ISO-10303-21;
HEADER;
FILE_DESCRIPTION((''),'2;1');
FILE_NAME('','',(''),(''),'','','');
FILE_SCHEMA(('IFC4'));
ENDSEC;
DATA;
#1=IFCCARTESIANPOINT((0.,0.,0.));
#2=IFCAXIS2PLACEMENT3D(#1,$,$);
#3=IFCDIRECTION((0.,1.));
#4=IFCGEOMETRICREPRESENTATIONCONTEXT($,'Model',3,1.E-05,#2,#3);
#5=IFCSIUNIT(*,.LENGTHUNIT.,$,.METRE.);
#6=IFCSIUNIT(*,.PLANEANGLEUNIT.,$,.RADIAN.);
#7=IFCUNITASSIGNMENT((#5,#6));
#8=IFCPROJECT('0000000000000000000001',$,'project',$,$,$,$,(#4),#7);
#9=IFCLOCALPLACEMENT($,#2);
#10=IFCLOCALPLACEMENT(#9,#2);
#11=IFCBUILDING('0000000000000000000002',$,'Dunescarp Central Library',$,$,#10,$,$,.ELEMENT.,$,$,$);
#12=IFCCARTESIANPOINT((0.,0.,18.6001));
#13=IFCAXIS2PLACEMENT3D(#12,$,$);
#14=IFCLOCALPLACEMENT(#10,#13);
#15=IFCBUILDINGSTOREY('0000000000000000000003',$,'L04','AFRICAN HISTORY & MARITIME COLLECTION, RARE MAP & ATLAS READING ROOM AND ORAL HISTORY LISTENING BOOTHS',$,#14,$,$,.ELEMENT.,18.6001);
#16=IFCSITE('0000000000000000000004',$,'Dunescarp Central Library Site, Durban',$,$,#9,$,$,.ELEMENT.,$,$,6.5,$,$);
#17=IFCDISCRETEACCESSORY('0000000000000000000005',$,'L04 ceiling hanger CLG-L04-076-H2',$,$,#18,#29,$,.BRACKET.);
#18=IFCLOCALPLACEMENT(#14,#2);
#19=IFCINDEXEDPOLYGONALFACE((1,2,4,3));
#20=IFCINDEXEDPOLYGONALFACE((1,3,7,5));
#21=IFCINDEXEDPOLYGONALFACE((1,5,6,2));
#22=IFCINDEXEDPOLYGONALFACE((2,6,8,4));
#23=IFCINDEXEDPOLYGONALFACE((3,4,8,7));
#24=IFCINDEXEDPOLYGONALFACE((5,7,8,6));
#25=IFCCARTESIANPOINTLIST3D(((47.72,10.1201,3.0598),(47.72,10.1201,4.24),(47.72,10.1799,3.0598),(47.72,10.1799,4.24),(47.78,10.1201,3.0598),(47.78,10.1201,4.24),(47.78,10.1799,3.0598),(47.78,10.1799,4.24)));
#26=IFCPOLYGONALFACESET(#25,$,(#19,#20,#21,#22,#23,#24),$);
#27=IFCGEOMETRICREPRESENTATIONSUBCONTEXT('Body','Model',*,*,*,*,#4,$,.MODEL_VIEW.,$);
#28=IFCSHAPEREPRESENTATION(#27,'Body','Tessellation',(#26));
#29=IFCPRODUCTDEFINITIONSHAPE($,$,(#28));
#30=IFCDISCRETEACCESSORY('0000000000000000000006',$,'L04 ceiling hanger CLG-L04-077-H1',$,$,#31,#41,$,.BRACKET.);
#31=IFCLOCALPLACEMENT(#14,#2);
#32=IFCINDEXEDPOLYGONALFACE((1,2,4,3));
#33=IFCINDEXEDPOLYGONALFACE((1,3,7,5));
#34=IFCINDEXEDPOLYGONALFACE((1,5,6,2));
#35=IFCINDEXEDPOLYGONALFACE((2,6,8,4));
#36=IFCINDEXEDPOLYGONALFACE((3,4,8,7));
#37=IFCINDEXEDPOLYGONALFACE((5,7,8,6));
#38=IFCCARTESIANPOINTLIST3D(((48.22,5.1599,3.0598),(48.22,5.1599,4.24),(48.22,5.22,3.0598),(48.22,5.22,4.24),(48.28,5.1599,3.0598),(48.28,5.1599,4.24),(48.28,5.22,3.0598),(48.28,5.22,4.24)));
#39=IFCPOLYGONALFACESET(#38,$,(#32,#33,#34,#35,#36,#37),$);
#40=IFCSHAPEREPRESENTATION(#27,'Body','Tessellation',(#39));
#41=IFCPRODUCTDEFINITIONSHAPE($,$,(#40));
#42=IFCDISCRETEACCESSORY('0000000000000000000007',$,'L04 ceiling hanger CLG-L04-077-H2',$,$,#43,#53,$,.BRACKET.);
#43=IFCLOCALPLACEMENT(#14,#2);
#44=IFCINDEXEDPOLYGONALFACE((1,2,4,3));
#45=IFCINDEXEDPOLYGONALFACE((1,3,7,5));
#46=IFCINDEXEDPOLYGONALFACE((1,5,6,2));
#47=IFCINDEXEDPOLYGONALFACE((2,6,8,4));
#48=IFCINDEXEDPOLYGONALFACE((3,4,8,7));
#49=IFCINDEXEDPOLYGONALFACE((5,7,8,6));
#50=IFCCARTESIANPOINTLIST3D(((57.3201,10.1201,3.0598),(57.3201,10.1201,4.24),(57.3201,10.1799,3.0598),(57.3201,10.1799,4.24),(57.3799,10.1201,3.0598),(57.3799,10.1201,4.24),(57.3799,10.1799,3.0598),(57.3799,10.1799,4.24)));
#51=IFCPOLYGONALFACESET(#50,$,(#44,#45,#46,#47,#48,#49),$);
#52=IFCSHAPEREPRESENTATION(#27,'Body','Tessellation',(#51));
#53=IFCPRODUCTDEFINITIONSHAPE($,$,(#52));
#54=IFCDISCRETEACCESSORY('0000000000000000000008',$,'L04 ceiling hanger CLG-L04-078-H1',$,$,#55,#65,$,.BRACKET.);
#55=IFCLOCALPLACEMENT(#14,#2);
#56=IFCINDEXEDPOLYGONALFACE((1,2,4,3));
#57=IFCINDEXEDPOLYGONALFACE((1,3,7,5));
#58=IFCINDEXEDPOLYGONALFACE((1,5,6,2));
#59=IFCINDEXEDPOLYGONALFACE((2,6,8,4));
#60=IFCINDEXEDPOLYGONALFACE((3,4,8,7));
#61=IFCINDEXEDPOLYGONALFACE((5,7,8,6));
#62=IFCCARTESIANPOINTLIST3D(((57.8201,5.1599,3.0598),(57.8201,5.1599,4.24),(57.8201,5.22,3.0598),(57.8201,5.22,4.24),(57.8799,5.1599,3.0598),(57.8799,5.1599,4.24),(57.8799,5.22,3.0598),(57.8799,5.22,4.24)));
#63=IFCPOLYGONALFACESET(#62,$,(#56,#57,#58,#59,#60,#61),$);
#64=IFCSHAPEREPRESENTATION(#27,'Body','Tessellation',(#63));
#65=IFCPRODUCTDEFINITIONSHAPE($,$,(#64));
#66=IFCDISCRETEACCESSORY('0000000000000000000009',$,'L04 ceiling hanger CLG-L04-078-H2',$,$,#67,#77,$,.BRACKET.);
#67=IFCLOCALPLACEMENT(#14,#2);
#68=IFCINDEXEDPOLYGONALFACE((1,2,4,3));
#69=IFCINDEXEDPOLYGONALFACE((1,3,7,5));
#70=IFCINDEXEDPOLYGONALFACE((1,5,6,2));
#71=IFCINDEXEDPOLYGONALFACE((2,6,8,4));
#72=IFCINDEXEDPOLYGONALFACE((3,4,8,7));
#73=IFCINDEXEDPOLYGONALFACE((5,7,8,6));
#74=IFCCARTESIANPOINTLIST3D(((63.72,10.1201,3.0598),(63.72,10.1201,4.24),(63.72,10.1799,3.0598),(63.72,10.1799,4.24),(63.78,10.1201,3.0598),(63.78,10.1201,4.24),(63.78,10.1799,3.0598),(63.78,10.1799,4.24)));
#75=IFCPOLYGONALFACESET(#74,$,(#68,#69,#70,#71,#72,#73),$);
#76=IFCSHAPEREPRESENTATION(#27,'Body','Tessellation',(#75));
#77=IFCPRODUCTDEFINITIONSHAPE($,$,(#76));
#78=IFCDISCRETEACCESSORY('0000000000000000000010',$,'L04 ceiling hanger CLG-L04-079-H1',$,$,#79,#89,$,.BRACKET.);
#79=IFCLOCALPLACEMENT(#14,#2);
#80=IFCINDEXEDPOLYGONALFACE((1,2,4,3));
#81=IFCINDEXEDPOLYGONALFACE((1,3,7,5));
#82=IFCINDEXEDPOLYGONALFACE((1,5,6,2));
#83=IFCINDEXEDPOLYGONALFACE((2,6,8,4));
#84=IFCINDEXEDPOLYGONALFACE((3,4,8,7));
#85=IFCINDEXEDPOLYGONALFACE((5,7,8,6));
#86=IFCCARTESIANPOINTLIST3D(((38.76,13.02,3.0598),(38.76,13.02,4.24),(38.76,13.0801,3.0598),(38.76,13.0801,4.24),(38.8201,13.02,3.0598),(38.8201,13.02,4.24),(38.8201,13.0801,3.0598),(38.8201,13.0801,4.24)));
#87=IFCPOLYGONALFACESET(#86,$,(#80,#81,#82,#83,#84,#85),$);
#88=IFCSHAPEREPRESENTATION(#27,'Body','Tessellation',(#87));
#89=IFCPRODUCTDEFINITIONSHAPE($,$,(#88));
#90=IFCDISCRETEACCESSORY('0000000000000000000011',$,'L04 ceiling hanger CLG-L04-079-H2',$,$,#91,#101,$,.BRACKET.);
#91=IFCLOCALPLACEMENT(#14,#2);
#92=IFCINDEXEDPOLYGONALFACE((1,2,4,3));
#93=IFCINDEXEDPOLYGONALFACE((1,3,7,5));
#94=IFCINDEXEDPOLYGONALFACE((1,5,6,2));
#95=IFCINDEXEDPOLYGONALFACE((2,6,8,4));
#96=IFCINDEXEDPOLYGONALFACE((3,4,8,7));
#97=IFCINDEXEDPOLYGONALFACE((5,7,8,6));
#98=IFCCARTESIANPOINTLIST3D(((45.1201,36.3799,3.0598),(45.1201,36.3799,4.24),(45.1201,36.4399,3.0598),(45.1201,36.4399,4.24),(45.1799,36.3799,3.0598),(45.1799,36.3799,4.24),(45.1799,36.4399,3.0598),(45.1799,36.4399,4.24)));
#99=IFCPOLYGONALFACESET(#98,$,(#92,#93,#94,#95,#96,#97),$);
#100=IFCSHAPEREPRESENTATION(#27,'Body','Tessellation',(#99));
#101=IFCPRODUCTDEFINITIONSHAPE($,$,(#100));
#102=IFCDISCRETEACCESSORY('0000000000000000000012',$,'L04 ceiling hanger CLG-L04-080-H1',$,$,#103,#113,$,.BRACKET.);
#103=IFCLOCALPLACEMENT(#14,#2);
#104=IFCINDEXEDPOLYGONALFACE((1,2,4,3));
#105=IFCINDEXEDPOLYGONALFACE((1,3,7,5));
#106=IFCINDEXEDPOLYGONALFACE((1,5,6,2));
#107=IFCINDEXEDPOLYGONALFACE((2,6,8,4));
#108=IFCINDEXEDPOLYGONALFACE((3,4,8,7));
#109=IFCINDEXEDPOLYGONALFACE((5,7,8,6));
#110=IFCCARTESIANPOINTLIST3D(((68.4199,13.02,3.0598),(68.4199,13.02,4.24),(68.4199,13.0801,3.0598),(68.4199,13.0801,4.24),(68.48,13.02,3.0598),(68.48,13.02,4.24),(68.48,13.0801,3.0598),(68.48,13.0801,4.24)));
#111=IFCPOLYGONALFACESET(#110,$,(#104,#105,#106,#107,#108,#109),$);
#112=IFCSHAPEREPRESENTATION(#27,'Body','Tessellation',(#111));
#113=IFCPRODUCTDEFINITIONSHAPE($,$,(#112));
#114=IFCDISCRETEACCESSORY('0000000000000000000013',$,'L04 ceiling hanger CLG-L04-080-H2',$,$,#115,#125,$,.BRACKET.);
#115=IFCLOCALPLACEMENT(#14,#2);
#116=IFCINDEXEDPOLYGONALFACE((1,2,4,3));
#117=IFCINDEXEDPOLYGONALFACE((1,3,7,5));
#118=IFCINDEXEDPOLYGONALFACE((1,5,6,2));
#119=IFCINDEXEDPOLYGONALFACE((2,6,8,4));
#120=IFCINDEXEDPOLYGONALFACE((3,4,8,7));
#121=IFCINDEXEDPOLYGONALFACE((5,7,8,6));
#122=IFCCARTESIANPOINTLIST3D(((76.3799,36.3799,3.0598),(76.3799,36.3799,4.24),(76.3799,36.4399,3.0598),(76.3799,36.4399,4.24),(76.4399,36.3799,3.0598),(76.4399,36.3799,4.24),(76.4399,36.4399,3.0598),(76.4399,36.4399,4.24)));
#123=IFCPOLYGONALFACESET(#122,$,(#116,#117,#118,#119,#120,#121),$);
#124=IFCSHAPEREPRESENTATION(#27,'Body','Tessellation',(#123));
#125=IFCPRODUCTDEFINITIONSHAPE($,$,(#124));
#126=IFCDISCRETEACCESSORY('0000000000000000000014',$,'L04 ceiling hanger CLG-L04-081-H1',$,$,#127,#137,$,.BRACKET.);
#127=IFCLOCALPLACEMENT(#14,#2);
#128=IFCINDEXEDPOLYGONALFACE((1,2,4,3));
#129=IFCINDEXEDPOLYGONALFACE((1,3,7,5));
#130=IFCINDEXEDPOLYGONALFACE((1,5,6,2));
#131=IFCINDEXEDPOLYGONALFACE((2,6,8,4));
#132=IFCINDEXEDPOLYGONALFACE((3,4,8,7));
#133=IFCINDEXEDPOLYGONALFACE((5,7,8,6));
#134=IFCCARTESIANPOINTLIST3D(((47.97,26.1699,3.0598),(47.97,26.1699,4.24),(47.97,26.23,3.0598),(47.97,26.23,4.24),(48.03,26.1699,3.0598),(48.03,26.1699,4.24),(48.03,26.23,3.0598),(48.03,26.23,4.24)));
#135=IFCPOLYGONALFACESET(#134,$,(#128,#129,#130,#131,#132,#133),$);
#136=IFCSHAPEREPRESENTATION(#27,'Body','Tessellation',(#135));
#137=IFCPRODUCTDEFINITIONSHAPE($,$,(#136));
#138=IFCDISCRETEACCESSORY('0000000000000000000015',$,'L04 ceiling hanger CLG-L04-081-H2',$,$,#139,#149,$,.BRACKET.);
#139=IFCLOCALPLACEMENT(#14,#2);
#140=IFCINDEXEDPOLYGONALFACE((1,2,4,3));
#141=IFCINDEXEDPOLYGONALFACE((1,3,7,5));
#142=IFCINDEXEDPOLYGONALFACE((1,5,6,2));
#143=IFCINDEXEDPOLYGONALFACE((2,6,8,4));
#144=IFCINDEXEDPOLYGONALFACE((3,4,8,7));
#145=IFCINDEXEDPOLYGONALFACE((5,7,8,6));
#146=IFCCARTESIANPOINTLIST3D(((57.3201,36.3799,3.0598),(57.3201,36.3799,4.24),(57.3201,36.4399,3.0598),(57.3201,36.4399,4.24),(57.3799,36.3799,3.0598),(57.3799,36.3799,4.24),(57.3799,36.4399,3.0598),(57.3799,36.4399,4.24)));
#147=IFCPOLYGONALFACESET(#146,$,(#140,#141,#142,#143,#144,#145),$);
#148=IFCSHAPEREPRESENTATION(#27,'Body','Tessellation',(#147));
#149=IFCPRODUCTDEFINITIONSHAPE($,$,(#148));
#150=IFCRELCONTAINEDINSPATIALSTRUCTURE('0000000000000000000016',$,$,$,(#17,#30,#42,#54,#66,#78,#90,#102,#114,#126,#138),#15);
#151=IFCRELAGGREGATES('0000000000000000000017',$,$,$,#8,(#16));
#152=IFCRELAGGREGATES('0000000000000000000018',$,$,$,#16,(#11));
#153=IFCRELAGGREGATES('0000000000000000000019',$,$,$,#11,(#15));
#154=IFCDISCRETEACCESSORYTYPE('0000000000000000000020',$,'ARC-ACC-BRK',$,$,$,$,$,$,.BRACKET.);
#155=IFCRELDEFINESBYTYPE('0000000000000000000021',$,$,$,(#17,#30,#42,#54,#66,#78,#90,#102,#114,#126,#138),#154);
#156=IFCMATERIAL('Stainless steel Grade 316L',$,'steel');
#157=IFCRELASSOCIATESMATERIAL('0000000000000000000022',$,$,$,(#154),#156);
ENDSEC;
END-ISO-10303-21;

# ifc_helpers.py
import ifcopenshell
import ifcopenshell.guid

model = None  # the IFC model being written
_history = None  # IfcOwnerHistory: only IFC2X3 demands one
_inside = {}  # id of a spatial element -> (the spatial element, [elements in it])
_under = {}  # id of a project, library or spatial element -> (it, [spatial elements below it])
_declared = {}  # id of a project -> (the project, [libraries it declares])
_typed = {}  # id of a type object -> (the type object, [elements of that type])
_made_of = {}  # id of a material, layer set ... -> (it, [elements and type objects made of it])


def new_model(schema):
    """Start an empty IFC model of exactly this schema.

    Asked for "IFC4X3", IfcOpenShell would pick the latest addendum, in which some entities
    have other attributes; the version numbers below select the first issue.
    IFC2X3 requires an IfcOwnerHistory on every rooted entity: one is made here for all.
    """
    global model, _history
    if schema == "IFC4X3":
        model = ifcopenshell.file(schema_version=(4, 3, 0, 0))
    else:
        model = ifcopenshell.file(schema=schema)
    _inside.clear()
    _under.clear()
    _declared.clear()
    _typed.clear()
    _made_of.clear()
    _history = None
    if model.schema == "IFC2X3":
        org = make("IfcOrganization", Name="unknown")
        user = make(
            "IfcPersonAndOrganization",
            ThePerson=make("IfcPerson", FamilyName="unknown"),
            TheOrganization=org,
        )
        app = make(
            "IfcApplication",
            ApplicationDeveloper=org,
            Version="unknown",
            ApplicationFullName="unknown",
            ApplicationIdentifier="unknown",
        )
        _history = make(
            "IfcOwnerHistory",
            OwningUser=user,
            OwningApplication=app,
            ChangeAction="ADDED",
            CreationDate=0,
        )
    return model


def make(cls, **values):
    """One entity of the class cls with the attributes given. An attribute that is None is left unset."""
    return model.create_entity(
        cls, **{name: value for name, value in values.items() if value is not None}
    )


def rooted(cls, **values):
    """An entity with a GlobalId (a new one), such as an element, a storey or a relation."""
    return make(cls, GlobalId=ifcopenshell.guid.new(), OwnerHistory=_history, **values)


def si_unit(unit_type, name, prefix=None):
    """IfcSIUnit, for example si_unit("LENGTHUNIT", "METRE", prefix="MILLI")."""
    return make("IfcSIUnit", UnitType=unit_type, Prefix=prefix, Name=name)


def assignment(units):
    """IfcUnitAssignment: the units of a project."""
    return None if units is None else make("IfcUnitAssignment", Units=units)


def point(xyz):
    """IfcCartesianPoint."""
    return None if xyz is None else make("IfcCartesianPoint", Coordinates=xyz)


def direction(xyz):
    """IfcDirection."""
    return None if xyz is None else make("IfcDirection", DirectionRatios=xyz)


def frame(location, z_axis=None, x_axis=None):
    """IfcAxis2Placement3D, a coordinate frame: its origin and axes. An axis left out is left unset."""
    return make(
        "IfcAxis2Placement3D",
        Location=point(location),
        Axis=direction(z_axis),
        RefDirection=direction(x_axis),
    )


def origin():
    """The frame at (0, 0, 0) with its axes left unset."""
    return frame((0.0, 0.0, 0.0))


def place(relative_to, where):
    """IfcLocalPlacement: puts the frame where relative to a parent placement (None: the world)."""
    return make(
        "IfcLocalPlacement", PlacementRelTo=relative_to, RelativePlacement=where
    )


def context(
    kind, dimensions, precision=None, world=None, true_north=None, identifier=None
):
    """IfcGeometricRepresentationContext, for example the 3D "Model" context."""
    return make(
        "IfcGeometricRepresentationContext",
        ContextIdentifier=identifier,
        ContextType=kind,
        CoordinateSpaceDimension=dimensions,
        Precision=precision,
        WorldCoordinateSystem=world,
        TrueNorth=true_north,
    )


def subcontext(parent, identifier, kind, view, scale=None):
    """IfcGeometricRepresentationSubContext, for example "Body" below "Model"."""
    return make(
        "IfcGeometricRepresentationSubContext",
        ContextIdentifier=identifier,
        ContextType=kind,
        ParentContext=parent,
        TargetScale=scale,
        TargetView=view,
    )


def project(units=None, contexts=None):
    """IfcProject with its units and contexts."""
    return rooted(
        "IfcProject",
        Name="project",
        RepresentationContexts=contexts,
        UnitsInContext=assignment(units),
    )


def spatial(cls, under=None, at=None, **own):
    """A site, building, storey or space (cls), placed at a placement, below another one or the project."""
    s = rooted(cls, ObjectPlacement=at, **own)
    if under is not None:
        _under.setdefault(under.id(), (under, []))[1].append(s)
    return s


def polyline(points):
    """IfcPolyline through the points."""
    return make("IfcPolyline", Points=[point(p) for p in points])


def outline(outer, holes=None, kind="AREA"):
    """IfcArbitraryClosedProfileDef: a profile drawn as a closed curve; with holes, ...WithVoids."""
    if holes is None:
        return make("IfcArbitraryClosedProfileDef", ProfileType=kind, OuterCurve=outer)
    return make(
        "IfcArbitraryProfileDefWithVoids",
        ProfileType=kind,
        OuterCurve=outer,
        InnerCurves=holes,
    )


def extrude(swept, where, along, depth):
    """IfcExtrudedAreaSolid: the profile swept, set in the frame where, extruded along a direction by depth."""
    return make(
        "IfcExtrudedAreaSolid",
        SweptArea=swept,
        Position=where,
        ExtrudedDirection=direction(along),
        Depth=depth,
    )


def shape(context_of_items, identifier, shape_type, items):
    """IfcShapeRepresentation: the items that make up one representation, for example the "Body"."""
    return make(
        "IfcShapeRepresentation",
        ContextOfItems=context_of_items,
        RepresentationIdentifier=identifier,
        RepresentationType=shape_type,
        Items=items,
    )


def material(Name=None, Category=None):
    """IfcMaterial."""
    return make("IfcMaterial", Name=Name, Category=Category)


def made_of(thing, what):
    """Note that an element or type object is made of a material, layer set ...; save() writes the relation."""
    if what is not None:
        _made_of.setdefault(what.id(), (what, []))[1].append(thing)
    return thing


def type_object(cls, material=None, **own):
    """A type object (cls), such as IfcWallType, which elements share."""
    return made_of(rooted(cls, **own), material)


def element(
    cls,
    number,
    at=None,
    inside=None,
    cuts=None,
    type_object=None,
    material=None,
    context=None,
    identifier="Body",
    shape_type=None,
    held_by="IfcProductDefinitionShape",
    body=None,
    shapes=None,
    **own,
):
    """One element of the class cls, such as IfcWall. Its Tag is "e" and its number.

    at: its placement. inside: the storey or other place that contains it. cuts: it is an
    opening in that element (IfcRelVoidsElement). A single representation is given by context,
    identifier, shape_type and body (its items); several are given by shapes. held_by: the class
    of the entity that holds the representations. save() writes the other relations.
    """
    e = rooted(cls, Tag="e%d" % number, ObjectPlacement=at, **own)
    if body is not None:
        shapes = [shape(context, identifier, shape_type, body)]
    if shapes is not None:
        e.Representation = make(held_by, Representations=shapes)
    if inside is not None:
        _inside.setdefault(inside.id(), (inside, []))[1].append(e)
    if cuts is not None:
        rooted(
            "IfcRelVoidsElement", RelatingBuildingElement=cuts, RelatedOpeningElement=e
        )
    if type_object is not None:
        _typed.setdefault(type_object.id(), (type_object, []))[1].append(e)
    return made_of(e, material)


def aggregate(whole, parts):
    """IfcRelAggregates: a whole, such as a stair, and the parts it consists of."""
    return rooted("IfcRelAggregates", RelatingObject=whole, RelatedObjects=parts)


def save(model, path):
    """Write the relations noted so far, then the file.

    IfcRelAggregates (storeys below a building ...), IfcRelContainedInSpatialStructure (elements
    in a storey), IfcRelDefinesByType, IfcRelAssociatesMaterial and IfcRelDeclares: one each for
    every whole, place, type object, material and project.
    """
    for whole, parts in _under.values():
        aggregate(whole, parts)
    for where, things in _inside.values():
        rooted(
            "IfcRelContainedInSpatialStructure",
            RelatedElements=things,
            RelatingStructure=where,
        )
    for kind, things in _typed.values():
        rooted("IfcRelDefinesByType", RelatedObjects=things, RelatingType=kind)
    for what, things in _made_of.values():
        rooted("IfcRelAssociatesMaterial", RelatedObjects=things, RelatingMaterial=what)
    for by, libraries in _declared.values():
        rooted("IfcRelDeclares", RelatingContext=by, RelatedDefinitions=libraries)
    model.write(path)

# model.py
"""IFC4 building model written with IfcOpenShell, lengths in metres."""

from ifc_helpers import new_model, si_unit, direction, frame, origin, place, context, subcontext, project, spatial, polyline, outline, extrude, material, type_object, element, save


model = new_model("IFC4")

# Units and contexts
model_context = context("Model", 3, precision=1e-05, world=origin(), true_north=direction((0.0, 1.0)))
body_context = subcontext(model_context, "Body", "Model", "MODEL_VIEW")
ifc_project = project(units=[si_unit("LENGTHUNIT", "METRE"), si_unit("PLANEANGLEUNIT", "RADIAN")], contexts=[model_context])

# Site, building, storey
site_placement = place(None, origin())
site = spatial("IfcSite", under=ifc_project, at=site_placement, Name="Dunescarp Central Library Site, Durban", CompositionType="ELEMENT", RefElevation=6.5)
building_placement = place(site_placement, origin())
building = spatial("IfcBuilding", under=site, at=building_placement, Name="Dunescarp Central Library", CompositionType="ELEMENT")
storey_placement = place(building_placement, frame((0.0, 0.0, 18.6001)))
storey = spatial("IfcBuildingStorey", under=building, at=storey_placement, Name="L04", Description="AFRICAN HISTORY & MARITIME COLLECTION, RARE MAP & ATLAS READING ROOM AND ORAL HISTORY LISTENING BOOTHS", CompositionType="ELEMENT", Elevation=18.6001)

# Discrete accessories
ifc_material = material(Name="Stainless steel Grade 316L", Category="steel")
discrete_accessory_type = type_object("IfcDiscreteAccessoryType", Name="ARC-ACC-BRK", PredefinedType="BRACKET", material=ifc_material)
discrete_accessory_1_placement = place(storey_placement, frame((0.0, 0.0, 3.0598)))
element("IfcDiscreteAccessory", 1, at=discrete_accessory_1_placement, inside=storey, type_object=discrete_accessory_type, Name="L04 ceiling hanger CLG-L04-076-H2", PredefinedType="BRACKET", context=body_context, shape_type="SweptSolid", body=[
    extrude(outline(polyline([(47.72, 10.1201), (47.78, 10.1201), (47.78, 10.1799), (47.72, 10.1799), (47.72, 10.1201)])), origin(), (0.0, 0.0, 1.0), 1.1802),
])
discrete_accessory_2_placement = place(storey_placement, frame((0.0, 0.0, 3.0598)))
element("IfcDiscreteAccessory", 2, at=discrete_accessory_2_placement, inside=storey, type_object=discrete_accessory_type, Name="L04 ceiling hanger CLG-L04-077-H1", PredefinedType="BRACKET", context=body_context, shape_type="SweptSolid", body=[
    extrude(outline(polyline([(48.22, 5.1599), (48.28, 5.1599), (48.28, 5.22), (48.22, 5.22), (48.22, 5.1599)])), origin(), (0.0, 0.0, 1.0), 1.1802),
])
discrete_accessory_3_placement = place(storey_placement, frame((0.0, 0.0, 3.0598)))
element("IfcDiscreteAccessory", 3, at=discrete_accessory_3_placement, inside=storey, type_object=discrete_accessory_type, Name="L04 ceiling hanger CLG-L04-077-H2", PredefinedType="BRACKET", context=body_context, shape_type="SweptSolid", body=[
    extrude(outline(polyline([(57.3201, 10.1201), (57.3799, 10.1201), (57.3799, 10.1799), (57.3201, 10.1799), (57.3201, 10.1201)])), origin(), (0.0, 0.0, 1.0), 1.1802),
])
discrete_accessory_4_placement = place(storey_placement, frame((0.0, 0.0, 3.0598)))
element("IfcDiscreteAccessory", 4, at=discrete_accessory_4_placement, inside=storey, type_object=discrete_accessory_type, Name="L04 ceiling hanger CLG-L04-078-H1", PredefinedType="BRACKET", context=body_context, shape_type="SweptSolid", body=[
    extrude(outline(polyline([(57.8201, 5.1599), (57.8799, 5.1599), (57.8799, 5.22), (57.8201, 5.22), (57.8201, 5.1599)])), origin(), (0.0, 0.0, 1.0), 1.1802),
])
discrete_accessory_5_placement = place(storey_placement, frame((0.0, 0.0, 3.0598)))
element("IfcDiscreteAccessory", 5, at=discrete_accessory_5_placement, inside=storey, type_object=discrete_accessory_type, Name="L04 ceiling hanger CLG-L04-078-H2", PredefinedType="BRACKET", context=body_context, shape_type="SweptSolid", body=[
    extrude(outline(polyline([(63.72, 10.1201), (63.78, 10.1201), (63.78, 10.1799), (63.72, 10.1799), (63.72, 10.1201)])), origin(), (0.0, 0.0, 1.0), 1.1802),
])
discrete_accessory_6_placement = place(storey_placement, frame((0.0, 0.0, 3.0598)))
element("IfcDiscreteAccessory", 6, at=discrete_accessory_6_placement, inside=storey, type_object=discrete_accessory_type, Name="L04 ceiling hanger CLG-L04-079-H1", PredefinedType="BRACKET", context=body_context, shape_type="SweptSolid", body=[
    extrude(outline(polyline([(38.76, 13.02), (38.8201, 13.02), (38.8201, 13.0801), (38.76, 13.0801), (38.76, 13.02)])), origin(), (0.0, 0.0, 1.0), 1.1802),
])
discrete_accessory_7_placement = place(storey_placement, frame((0.0, 0.0, 3.0598)))
element("IfcDiscreteAccessory", 7, at=discrete_accessory_7_placement, inside=storey, type_object=discrete_accessory_type, Name="L04 ceiling hanger CLG-L04-079-H2", PredefinedType="BRACKET", context=body_context, shape_type="SweptSolid", body=[
    extrude(outline(polyline([(45.1201, 36.3799), (45.1799, 36.3799), (45.1799, 36.4399), (45.1201, 36.4399), (45.1201, 36.3799)])), origin(), (0.0, 0.0, 1.0), 1.1802),
])
discrete_accessory_8_placement = place(storey_placement, frame((0.0, 0.0, 3.0598)))
element("IfcDiscreteAccessory", 8, at=discrete_accessory_8_placement, inside=storey, type_object=discrete_accessory_type, Name="L04 ceiling hanger CLG-L04-080-H1", PredefinedType="BRACKET", context=body_context, shape_type="SweptSolid", body=[
    extrude(outline(polyline([(68.4199, 13.02), (68.48, 13.02), (68.48, 13.0801), (68.4199, 13.0801), (68.4199, 13.02)])), origin(), (0.0, 0.0, 1.0), 1.1802),
])
discrete_accessory_9_placement = place(storey_placement, frame((0.0, 0.0, 3.0598)))
element("IfcDiscreteAccessory", 9, at=discrete_accessory_9_placement, inside=storey, type_object=discrete_accessory_type, Name="L04 ceiling hanger CLG-L04-080-H2", PredefinedType="BRACKET", context=body_context, shape_type="SweptSolid", body=[
    extrude(outline(polyline([(76.3799, 36.3799), (76.4399, 36.3799), (76.4399, 36.4399), (76.3799, 36.4399), (76.3799, 36.3799)])), origin(), (0.0, 0.0, 1.0), 1.1802),
])
discrete_accessory_10_placement = place(storey_placement, frame((0.0, 0.0, 3.0598)))
element("IfcDiscreteAccessory", 10, at=discrete_accessory_10_placement, inside=storey, type_object=discrete_accessory_type, Name="L04 ceiling hanger CLG-L04-081-H1", PredefinedType="BRACKET", context=body_context, shape_type="SweptSolid", body=[
    extrude(outline(polyline([(47.97, 26.1699), (48.03, 26.1699), (48.03, 26.23), (47.97, 26.23), (47.97, 26.1699)])), origin(), (0.0, 0.0, 1.0), 1.1802),
])
discrete_accessory_11_placement = place(storey_placement, frame((0.0, 0.0, 3.0598)))
element("IfcDiscreteAccessory", 11, at=discrete_accessory_11_placement, inside=storey, type_object=discrete_accessory_type, Name="L04 ceiling hanger CLG-L04-081-H2", PredefinedType="BRACKET", context=body_context, shape_type="SweptSolid", body=[
    extrude(outline(polyline([(57.3201, 36.3799), (57.3799, 36.3799), (57.3799, 36.4399), (57.3201, 36.4399), (57.3201, 36.3799)])), origin(), (0.0, 0.0, 1.0), 1.1802),
])

save(model, "model.ifc")
